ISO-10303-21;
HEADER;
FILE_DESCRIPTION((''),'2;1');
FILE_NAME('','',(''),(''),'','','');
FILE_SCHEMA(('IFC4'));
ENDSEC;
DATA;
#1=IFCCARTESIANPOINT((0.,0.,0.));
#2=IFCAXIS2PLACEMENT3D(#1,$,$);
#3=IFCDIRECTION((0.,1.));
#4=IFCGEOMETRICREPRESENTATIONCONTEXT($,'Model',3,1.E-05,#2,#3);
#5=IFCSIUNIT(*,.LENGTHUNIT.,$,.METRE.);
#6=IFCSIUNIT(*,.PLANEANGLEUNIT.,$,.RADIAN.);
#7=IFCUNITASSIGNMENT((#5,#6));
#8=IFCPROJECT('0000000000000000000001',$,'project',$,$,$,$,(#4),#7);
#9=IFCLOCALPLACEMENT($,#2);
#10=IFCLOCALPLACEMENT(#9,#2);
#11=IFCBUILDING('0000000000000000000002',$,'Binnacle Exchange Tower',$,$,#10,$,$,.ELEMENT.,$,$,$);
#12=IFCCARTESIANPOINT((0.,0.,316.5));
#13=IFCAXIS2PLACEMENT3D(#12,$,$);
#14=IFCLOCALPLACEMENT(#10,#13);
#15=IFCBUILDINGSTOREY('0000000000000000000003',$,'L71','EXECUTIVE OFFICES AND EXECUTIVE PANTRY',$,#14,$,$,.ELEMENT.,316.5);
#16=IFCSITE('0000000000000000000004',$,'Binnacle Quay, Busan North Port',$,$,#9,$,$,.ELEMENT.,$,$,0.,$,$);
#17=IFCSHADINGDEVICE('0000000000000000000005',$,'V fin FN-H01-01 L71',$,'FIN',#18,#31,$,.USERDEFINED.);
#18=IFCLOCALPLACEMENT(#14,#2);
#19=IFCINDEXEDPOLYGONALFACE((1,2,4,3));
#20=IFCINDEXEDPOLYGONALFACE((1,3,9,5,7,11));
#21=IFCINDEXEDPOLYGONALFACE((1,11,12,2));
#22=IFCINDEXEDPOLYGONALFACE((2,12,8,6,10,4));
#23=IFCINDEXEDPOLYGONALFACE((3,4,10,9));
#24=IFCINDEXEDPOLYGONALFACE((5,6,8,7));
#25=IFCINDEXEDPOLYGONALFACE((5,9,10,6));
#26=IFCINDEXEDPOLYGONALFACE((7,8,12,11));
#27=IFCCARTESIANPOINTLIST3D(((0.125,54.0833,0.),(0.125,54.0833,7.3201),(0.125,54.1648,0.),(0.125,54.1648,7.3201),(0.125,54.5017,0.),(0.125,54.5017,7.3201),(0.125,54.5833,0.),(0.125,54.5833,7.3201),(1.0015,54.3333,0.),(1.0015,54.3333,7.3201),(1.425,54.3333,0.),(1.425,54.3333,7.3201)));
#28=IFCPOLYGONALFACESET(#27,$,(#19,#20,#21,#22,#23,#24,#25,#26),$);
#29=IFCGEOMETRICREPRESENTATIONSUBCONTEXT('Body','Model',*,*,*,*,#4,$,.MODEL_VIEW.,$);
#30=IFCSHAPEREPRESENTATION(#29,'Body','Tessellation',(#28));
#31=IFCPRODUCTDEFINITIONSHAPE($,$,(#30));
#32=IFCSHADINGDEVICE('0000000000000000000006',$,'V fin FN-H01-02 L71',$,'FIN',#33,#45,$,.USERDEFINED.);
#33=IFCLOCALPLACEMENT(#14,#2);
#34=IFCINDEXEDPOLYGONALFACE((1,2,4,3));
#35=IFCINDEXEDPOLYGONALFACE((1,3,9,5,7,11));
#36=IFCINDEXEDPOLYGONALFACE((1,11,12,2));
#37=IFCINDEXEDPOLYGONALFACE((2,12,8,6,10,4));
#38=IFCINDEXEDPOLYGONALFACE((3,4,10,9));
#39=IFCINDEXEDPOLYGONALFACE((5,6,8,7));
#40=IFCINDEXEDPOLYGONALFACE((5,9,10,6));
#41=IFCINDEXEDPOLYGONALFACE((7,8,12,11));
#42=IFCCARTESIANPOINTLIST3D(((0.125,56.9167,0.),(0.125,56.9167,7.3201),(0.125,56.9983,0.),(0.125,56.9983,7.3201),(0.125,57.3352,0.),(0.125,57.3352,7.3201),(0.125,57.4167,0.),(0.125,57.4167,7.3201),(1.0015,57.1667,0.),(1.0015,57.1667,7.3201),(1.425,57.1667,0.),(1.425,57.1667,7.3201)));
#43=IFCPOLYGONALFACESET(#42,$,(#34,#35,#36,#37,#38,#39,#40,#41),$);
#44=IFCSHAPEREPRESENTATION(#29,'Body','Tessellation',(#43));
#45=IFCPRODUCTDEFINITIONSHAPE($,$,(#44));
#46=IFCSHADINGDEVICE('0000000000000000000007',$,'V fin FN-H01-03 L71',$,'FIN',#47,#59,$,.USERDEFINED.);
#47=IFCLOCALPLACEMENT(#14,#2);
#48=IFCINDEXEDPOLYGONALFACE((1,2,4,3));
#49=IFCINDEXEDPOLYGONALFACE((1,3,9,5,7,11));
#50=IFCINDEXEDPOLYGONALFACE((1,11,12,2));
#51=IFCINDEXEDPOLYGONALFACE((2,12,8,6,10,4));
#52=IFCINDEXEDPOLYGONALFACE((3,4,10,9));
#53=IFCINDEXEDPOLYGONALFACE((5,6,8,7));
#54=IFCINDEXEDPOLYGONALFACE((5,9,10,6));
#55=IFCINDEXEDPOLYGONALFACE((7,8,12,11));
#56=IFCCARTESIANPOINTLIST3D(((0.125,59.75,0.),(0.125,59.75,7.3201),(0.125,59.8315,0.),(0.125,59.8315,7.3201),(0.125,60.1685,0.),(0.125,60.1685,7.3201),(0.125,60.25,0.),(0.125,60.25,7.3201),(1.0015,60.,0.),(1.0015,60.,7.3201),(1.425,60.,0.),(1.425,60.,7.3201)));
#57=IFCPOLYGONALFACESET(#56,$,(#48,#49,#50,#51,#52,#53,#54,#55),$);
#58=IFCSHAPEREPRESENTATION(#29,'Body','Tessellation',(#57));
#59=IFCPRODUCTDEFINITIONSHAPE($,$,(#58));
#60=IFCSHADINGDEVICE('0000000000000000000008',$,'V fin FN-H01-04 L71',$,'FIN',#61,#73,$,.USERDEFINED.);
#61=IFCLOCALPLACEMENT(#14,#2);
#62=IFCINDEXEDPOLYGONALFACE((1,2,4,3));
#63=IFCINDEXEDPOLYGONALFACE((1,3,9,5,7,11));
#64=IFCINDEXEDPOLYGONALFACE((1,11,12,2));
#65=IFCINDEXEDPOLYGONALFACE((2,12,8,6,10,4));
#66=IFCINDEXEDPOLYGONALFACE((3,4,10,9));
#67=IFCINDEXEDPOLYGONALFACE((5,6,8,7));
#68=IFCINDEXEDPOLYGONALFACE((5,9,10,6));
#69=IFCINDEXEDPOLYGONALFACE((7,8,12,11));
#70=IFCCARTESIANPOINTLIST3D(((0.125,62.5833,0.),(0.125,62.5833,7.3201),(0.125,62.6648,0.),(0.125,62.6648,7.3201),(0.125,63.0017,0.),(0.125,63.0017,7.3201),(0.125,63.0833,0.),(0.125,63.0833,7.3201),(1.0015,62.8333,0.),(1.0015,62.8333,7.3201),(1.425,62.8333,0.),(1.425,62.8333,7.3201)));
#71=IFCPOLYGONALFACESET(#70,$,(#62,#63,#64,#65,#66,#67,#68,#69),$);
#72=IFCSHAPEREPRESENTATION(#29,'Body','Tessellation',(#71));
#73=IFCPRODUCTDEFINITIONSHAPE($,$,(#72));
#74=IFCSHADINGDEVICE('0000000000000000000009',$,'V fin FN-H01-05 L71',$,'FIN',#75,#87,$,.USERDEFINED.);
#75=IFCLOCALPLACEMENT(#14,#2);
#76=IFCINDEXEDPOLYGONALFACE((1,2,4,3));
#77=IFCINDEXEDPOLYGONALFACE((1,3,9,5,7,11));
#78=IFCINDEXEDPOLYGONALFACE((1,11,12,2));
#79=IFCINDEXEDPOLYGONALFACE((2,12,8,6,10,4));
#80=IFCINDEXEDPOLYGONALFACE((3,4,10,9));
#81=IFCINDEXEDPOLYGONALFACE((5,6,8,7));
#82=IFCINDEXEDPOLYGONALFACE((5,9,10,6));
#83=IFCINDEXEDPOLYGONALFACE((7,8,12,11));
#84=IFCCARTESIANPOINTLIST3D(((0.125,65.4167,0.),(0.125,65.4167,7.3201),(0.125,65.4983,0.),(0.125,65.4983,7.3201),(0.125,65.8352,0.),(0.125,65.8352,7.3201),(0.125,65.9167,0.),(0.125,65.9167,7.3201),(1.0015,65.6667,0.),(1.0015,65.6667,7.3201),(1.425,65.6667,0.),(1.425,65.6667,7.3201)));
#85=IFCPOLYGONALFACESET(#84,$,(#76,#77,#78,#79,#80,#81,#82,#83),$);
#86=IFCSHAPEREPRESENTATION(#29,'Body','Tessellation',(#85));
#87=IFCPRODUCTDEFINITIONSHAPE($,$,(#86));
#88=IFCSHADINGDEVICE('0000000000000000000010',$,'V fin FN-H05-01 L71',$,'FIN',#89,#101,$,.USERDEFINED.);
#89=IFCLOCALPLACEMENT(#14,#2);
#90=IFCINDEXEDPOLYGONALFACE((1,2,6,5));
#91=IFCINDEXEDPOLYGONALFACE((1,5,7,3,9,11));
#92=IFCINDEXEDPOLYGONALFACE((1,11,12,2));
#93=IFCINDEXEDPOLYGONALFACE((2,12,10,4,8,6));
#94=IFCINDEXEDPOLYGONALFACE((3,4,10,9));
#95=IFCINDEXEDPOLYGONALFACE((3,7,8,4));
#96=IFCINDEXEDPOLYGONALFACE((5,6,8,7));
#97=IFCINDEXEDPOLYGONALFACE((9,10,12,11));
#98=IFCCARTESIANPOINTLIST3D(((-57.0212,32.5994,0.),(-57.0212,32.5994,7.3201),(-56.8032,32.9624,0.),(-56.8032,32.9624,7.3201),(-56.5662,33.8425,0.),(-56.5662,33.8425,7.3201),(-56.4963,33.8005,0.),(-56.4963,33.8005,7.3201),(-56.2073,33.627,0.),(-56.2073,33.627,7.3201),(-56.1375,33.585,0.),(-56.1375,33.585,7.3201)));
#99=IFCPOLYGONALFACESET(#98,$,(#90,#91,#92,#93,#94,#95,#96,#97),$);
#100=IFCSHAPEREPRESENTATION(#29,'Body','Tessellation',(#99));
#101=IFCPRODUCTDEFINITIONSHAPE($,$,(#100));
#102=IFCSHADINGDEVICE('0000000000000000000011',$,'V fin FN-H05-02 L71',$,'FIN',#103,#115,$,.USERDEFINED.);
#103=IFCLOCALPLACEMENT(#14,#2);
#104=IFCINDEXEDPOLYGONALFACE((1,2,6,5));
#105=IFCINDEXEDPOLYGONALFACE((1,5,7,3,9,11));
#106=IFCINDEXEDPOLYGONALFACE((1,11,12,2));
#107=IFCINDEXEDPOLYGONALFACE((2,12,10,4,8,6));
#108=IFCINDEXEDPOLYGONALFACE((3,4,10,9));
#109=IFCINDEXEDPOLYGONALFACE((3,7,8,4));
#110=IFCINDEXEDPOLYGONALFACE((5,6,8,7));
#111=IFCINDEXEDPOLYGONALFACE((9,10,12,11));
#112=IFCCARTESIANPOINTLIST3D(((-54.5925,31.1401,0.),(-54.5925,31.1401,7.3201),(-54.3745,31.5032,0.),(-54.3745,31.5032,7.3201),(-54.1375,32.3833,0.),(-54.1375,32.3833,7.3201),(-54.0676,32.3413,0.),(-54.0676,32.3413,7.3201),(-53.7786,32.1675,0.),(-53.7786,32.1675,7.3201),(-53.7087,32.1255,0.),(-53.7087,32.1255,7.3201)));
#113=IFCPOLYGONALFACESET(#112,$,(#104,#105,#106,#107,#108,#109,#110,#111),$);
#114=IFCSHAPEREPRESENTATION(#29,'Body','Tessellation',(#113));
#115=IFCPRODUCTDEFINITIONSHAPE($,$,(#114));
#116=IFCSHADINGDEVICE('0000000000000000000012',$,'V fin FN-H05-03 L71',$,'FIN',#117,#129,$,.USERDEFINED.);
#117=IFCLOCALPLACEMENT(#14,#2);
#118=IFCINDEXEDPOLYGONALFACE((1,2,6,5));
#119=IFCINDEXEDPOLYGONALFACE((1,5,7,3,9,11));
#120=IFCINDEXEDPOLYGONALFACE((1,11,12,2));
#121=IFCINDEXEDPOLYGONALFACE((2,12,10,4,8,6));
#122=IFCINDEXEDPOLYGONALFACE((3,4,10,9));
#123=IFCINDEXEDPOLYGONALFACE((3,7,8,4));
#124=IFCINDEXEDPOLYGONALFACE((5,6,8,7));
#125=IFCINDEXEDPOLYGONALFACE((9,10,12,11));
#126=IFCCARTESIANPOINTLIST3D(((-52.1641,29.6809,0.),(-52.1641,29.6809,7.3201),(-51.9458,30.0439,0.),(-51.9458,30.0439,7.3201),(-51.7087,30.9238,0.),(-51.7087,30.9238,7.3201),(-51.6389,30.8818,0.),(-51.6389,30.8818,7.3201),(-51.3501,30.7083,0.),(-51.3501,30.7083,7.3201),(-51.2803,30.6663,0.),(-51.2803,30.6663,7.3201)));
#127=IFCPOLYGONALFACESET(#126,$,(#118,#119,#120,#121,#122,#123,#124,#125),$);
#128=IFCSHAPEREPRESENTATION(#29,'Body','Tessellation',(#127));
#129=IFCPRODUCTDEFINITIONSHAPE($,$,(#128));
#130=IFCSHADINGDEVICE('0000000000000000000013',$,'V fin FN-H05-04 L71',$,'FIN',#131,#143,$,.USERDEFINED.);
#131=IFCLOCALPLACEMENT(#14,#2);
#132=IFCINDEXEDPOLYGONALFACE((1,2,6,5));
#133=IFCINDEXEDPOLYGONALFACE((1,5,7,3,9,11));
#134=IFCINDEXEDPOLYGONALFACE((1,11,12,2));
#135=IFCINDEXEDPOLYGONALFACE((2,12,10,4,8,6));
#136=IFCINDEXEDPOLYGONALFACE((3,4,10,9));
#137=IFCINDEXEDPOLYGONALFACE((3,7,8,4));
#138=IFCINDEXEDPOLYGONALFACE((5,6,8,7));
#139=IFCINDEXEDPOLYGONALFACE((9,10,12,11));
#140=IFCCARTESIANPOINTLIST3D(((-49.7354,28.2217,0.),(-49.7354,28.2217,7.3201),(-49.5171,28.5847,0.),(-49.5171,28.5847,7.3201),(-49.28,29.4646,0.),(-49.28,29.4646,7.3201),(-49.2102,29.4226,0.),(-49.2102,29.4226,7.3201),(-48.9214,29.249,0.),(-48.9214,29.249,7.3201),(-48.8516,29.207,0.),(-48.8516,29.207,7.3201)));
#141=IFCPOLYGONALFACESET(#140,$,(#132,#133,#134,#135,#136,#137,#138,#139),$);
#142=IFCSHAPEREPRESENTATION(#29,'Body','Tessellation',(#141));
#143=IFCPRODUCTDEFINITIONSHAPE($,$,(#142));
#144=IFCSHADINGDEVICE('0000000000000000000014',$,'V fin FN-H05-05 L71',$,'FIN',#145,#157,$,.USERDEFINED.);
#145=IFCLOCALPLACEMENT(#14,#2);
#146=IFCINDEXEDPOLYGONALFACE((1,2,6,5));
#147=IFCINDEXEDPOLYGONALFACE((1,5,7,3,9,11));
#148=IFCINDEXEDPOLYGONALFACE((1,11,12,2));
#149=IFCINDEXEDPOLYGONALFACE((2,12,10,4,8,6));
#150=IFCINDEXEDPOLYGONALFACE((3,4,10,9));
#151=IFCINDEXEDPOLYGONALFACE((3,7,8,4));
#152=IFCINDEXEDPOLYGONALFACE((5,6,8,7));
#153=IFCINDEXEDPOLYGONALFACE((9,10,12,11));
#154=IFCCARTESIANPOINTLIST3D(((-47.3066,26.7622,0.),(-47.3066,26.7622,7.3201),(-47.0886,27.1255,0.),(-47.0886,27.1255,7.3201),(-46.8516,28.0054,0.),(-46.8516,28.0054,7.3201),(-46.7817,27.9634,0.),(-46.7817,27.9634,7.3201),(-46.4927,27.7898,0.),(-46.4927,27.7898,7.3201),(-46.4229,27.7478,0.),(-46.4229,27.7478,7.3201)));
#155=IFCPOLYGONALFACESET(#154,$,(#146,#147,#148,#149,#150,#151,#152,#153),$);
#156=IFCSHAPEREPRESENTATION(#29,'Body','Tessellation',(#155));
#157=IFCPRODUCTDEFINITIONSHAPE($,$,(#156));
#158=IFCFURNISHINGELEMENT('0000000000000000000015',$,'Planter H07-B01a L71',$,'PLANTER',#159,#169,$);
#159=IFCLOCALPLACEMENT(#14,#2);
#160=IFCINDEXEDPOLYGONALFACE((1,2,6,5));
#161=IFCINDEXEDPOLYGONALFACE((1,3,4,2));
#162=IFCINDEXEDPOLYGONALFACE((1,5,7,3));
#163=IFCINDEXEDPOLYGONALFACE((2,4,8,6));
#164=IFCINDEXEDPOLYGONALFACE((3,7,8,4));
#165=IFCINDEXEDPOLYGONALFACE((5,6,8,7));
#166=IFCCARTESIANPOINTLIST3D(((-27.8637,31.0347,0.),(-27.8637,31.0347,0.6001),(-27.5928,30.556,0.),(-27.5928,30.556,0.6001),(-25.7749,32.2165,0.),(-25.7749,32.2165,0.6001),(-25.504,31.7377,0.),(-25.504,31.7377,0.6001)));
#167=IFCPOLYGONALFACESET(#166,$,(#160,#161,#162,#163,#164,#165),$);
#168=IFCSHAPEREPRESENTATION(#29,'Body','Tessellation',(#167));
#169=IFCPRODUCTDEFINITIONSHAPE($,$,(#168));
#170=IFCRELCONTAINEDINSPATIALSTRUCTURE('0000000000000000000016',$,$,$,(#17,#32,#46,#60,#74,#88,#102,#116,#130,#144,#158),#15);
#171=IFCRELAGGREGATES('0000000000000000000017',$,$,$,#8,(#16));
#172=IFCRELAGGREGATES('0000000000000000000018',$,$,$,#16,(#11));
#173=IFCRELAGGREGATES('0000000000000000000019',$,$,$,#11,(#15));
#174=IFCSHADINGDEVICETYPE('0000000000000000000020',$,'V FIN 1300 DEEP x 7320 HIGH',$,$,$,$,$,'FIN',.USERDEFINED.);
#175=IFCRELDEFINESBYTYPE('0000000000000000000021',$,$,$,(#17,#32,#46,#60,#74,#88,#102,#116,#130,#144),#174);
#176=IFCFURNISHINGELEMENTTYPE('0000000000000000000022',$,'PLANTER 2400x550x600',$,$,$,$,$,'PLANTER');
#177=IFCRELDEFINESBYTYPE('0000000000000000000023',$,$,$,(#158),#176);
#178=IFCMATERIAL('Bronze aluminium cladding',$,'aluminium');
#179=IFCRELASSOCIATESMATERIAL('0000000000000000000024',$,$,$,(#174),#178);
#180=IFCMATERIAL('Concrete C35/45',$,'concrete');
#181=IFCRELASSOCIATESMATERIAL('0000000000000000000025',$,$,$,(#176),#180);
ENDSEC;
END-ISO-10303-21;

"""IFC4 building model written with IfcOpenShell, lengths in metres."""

from ifc_helpers import new_model, si_unit, direction, frame, origin, origin_2d, place, context, subcontext, project, spatial, polyline, rectangle, outline, extrude, material, type_object, element, save


model = new_model("IFC4")

# Units and contexts
model_context = context("Model", 3, precision=1e-05, world=origin(), true_north=direction((0.0, 1.0)))
body_context = subcontext(model_context, "Body", "Model", "MODEL_VIEW")
ifc_project = project(units=[si_unit("LENGTHUNIT", "METRE"), si_unit("PLANEANGLEUNIT", "RADIAN")], contexts=[model_context])

# Site, building, storey
site_placement = place(None, origin())
site = spatial("IfcSite", under=ifc_project, at=site_placement, Name="Binnacle Quay, Busan North Port", CompositionType="ELEMENT", RefElevation=0.0)
building_placement = place(site_placement, origin())
building = spatial("IfcBuilding", under=site, at=building_placement, Name="Binnacle Exchange Tower", CompositionType="ELEMENT")
storey_placement = place(building_placement, frame((0.0, 0.0, 316.5)))
storey = spatial("IfcBuildingStorey", under=building, at=storey_placement, Name="L71", Description="EXECUTIVE OFFICES AND EXECUTIVE PANTRY", CompositionType="ELEMENT", Elevation=316.5)

# Shared definitions
ifc_material_1 = material(Name="Concrete C35/45", Category="concrete")

# Shading devices
ifc_material_2 = material(Name="Bronze aluminium cladding", Category="aluminium")
shading_device_type_1 = type_object("IfcShadingDeviceType", Name="V FIN 1300 DEEP x 7320 HIGH", ElementType="FIN", PredefinedType="USERDEFINED", material=ifc_material_2)
shading_device_1_placement = place(storey_placement, origin())
element("IfcShadingDevice", 1, at=shading_device_1_placement, inside=storey, type_object=shading_device_type_1, Name="V fin FN-H01-01 L71", ObjectType="FIN", PredefinedType="USERDEFINED", context=body_context, shape_type="SweptSolid", body=[
    extrude(outline(polyline([(0.125, 54.0833), (1.425, 54.3333), (0.125, 54.5833), (0.125, 54.5017), (1.0015, 54.3333), (0.125, 54.1648), (0.125, 54.0833)])), origin(), (0.0, 0.0, 1.0), 7.3201),
])
shading_device_2_placement = place(storey_placement, origin())
element("IfcShadingDevice", 2, at=shading_device_2_placement, inside=storey, type_object=shading_device_type_1, Name="V fin FN-H01-02 L71", ObjectType="FIN", PredefinedType="USERDEFINED", context=body_context, shape_type="SweptSolid", body=[
    extrude(outline(polyline([(0.125, 56.9167), (1.425, 57.1667), (0.125, 57.4167), (0.125, 57.3352), (1.0015, 57.1667), (0.125, 56.9983), (0.125, 56.9167)])), origin(), (0.0, 0.0, 1.0), 7.3201),
])
shading_device_3_placement = place(storey_placement, origin())
element("IfcShadingDevice", 3, at=shading_device_3_placement, inside=storey, type_object=shading_device_type_1, Name="V fin FN-H01-03 L71", ObjectType="FIN", PredefinedType="USERDEFINED", context=body_context, shape_type="SweptSolid", body=[
    extrude(outline(polyline([(0.125, 59.75), (1.425, 60.0), (0.125, 60.25), (0.125, 60.1685), (1.0015, 60.0), (0.125, 59.8315), (0.125, 59.75)])), origin(), (0.0, 0.0, 1.0), 7.3201),
])
shading_device_4_placement = place(storey_placement, origin())
element("IfcShadingDevice", 4, at=shading_device_4_placement, inside=storey, type_object=shading_device_type_1, Name="V fin FN-H01-04 L71", ObjectType="FIN", PredefinedType="USERDEFINED", context=body_context, shape_type="SweptSolid", body=[
    extrude(outline(polyline([(0.125, 62.5833), (1.425, 62.8333), (0.125, 63.0833), (0.125, 63.0017), (1.0015, 62.8333), (0.125, 62.6648), (0.125, 62.5833)])), origin(), (0.0, 0.0, 1.0), 7.3201),
])
shading_device_5_placement = place(storey_placement, origin())
element("IfcShadingDevice", 5, at=shading_device_5_placement, inside=storey, type_object=shading_device_type_1, Name="V fin FN-H01-05 L71", ObjectType="FIN", PredefinedType="USERDEFINED", context=body_context, shape_type="SweptSolid", body=[
    extrude(outline(polyline([(0.125, 65.4167), (1.425, 65.6667), (0.125, 65.9167), (0.125, 65.8352), (1.0015, 65.6667), (0.125, 65.4983), (0.125, 65.4167)])), origin(), (0.0, 0.0, 1.0), 7.3201),
])
shading_device_6_placement = place(storey_placement, origin())
element("IfcShadingDevice", 6, at=shading_device_6_placement, inside=storey, type_object=shading_device_type_1, Name="V fin FN-H05-01 L71", ObjectType="FIN", PredefinedType="USERDEFINED", context=body_context, shape_type="SweptSolid", body=[
    extrude(outline(polyline([(-56.5662, 33.8425), (-57.0212, 32.5994), (-56.1375, 33.585), (-56.2073, 33.627), (-56.8032, 32.9624), (-56.4963, 33.8005), (-56.5662, 33.8425)])), origin(), (0.0, 0.0, 1.0), 7.3201),
])
shading_device_7_placement = place(storey_placement, origin())
element("IfcShadingDevice", 7, at=shading_device_7_placement, inside=storey, type_object=shading_device_type_1, Name="V fin FN-H05-02 L71", ObjectType="FIN", PredefinedType="USERDEFINED", context=body_context, shape_type="SweptSolid", body=[
    extrude(outline(polyline([(-54.1375, 32.3833), (-54.5925, 31.1401), (-53.7087, 32.1255), (-53.7786, 32.1675), (-54.3745, 31.5032), (-54.0676, 32.3413), (-54.1375, 32.3833)])), origin(), (0.0, 0.0, 1.0), 7.3201),
])
shading_device_8_placement = place(storey_placement, origin())
element("IfcShadingDevice", 8, at=shading_device_8_placement, inside=storey, type_object=shading_device_type_1, Name="V fin FN-H05-03 L71", ObjectType="FIN", PredefinedType="USERDEFINED", context=body_context, shape_type="SweptSolid", body=[
    extrude(outline(polyline([(-51.7087, 30.9238), (-52.1641, 29.6809), (-51.2803, 30.6663), (-51.3501, 30.7083), (-51.9458, 30.0439), (-51.6389, 30.8818), (-51.7087, 30.9238)])), origin(), (0.0, 0.0, 1.0), 7.3201),
])
shading_device_9_placement = place(storey_placement, origin())
element("IfcShadingDevice", 9, at=shading_device_9_placement, inside=storey, type_object=shading_device_type_1, Name="V fin FN-H05-04 L71", ObjectType="FIN", PredefinedType="USERDEFINED", context=body_context, shape_type="SweptSolid", body=[
    extrude(outline(polyline([(-49.28, 29.4646), (-49.7354, 28.2217), (-48.8516, 29.207), (-48.9214, 29.249), (-49.5171, 28.5847), (-49.2102, 29.4226), (-49.28, 29.4646)])), origin(), (0.0, 0.0, 1.0), 7.3201),
])
shading_device_10_placement = place(storey_placement, origin())
element("IfcShadingDevice", 10, at=shading_device_10_placement, inside=storey, type_object=shading_device_type_1, Name="V fin FN-H05-05 L71", ObjectType="FIN", PredefinedType="USERDEFINED", context=body_context, shape_type="SweptSolid", body=[
    extrude(outline(polyline([(-46.8516, 28.0054), (-47.3066, 26.7622), (-46.4229, 27.7478), (-46.4927, 27.7898), (-47.0886, 27.1255), (-46.7817, 27.9634), (-46.8516, 28.0054)])), origin(), (0.0, 0.0, 1.0), 7.3201),
])

# Furnishing element
furnishing_element_type = type_object("IfcFurnishingElementType", Name="PLANTER 2400x550x600", ElementType="PLANTER", material=ifc_material_1)
furnishing_placement = place(storey_placement, frame((-26.6838, 31.3862, 0.0), z_axis=(0.0, 0.0, 1.0), x_axis=(0.870356, 0.492424, 0.0)))
element("IfcFurnishingElement", 11, at=furnishing_placement, inside=storey, type_object=furnishing_element_type, Name="Planter H07-B01a L71", ObjectType="PLANTER", context=body_context, shape_type="SweptSolid", body=[
    extrude(rectangle(XDim=2.3999, YDim=0.55, at=origin_2d()), origin(), (0.0, 0.0, 1.0), 0.6001),
])

save(model, "model.ifc")
